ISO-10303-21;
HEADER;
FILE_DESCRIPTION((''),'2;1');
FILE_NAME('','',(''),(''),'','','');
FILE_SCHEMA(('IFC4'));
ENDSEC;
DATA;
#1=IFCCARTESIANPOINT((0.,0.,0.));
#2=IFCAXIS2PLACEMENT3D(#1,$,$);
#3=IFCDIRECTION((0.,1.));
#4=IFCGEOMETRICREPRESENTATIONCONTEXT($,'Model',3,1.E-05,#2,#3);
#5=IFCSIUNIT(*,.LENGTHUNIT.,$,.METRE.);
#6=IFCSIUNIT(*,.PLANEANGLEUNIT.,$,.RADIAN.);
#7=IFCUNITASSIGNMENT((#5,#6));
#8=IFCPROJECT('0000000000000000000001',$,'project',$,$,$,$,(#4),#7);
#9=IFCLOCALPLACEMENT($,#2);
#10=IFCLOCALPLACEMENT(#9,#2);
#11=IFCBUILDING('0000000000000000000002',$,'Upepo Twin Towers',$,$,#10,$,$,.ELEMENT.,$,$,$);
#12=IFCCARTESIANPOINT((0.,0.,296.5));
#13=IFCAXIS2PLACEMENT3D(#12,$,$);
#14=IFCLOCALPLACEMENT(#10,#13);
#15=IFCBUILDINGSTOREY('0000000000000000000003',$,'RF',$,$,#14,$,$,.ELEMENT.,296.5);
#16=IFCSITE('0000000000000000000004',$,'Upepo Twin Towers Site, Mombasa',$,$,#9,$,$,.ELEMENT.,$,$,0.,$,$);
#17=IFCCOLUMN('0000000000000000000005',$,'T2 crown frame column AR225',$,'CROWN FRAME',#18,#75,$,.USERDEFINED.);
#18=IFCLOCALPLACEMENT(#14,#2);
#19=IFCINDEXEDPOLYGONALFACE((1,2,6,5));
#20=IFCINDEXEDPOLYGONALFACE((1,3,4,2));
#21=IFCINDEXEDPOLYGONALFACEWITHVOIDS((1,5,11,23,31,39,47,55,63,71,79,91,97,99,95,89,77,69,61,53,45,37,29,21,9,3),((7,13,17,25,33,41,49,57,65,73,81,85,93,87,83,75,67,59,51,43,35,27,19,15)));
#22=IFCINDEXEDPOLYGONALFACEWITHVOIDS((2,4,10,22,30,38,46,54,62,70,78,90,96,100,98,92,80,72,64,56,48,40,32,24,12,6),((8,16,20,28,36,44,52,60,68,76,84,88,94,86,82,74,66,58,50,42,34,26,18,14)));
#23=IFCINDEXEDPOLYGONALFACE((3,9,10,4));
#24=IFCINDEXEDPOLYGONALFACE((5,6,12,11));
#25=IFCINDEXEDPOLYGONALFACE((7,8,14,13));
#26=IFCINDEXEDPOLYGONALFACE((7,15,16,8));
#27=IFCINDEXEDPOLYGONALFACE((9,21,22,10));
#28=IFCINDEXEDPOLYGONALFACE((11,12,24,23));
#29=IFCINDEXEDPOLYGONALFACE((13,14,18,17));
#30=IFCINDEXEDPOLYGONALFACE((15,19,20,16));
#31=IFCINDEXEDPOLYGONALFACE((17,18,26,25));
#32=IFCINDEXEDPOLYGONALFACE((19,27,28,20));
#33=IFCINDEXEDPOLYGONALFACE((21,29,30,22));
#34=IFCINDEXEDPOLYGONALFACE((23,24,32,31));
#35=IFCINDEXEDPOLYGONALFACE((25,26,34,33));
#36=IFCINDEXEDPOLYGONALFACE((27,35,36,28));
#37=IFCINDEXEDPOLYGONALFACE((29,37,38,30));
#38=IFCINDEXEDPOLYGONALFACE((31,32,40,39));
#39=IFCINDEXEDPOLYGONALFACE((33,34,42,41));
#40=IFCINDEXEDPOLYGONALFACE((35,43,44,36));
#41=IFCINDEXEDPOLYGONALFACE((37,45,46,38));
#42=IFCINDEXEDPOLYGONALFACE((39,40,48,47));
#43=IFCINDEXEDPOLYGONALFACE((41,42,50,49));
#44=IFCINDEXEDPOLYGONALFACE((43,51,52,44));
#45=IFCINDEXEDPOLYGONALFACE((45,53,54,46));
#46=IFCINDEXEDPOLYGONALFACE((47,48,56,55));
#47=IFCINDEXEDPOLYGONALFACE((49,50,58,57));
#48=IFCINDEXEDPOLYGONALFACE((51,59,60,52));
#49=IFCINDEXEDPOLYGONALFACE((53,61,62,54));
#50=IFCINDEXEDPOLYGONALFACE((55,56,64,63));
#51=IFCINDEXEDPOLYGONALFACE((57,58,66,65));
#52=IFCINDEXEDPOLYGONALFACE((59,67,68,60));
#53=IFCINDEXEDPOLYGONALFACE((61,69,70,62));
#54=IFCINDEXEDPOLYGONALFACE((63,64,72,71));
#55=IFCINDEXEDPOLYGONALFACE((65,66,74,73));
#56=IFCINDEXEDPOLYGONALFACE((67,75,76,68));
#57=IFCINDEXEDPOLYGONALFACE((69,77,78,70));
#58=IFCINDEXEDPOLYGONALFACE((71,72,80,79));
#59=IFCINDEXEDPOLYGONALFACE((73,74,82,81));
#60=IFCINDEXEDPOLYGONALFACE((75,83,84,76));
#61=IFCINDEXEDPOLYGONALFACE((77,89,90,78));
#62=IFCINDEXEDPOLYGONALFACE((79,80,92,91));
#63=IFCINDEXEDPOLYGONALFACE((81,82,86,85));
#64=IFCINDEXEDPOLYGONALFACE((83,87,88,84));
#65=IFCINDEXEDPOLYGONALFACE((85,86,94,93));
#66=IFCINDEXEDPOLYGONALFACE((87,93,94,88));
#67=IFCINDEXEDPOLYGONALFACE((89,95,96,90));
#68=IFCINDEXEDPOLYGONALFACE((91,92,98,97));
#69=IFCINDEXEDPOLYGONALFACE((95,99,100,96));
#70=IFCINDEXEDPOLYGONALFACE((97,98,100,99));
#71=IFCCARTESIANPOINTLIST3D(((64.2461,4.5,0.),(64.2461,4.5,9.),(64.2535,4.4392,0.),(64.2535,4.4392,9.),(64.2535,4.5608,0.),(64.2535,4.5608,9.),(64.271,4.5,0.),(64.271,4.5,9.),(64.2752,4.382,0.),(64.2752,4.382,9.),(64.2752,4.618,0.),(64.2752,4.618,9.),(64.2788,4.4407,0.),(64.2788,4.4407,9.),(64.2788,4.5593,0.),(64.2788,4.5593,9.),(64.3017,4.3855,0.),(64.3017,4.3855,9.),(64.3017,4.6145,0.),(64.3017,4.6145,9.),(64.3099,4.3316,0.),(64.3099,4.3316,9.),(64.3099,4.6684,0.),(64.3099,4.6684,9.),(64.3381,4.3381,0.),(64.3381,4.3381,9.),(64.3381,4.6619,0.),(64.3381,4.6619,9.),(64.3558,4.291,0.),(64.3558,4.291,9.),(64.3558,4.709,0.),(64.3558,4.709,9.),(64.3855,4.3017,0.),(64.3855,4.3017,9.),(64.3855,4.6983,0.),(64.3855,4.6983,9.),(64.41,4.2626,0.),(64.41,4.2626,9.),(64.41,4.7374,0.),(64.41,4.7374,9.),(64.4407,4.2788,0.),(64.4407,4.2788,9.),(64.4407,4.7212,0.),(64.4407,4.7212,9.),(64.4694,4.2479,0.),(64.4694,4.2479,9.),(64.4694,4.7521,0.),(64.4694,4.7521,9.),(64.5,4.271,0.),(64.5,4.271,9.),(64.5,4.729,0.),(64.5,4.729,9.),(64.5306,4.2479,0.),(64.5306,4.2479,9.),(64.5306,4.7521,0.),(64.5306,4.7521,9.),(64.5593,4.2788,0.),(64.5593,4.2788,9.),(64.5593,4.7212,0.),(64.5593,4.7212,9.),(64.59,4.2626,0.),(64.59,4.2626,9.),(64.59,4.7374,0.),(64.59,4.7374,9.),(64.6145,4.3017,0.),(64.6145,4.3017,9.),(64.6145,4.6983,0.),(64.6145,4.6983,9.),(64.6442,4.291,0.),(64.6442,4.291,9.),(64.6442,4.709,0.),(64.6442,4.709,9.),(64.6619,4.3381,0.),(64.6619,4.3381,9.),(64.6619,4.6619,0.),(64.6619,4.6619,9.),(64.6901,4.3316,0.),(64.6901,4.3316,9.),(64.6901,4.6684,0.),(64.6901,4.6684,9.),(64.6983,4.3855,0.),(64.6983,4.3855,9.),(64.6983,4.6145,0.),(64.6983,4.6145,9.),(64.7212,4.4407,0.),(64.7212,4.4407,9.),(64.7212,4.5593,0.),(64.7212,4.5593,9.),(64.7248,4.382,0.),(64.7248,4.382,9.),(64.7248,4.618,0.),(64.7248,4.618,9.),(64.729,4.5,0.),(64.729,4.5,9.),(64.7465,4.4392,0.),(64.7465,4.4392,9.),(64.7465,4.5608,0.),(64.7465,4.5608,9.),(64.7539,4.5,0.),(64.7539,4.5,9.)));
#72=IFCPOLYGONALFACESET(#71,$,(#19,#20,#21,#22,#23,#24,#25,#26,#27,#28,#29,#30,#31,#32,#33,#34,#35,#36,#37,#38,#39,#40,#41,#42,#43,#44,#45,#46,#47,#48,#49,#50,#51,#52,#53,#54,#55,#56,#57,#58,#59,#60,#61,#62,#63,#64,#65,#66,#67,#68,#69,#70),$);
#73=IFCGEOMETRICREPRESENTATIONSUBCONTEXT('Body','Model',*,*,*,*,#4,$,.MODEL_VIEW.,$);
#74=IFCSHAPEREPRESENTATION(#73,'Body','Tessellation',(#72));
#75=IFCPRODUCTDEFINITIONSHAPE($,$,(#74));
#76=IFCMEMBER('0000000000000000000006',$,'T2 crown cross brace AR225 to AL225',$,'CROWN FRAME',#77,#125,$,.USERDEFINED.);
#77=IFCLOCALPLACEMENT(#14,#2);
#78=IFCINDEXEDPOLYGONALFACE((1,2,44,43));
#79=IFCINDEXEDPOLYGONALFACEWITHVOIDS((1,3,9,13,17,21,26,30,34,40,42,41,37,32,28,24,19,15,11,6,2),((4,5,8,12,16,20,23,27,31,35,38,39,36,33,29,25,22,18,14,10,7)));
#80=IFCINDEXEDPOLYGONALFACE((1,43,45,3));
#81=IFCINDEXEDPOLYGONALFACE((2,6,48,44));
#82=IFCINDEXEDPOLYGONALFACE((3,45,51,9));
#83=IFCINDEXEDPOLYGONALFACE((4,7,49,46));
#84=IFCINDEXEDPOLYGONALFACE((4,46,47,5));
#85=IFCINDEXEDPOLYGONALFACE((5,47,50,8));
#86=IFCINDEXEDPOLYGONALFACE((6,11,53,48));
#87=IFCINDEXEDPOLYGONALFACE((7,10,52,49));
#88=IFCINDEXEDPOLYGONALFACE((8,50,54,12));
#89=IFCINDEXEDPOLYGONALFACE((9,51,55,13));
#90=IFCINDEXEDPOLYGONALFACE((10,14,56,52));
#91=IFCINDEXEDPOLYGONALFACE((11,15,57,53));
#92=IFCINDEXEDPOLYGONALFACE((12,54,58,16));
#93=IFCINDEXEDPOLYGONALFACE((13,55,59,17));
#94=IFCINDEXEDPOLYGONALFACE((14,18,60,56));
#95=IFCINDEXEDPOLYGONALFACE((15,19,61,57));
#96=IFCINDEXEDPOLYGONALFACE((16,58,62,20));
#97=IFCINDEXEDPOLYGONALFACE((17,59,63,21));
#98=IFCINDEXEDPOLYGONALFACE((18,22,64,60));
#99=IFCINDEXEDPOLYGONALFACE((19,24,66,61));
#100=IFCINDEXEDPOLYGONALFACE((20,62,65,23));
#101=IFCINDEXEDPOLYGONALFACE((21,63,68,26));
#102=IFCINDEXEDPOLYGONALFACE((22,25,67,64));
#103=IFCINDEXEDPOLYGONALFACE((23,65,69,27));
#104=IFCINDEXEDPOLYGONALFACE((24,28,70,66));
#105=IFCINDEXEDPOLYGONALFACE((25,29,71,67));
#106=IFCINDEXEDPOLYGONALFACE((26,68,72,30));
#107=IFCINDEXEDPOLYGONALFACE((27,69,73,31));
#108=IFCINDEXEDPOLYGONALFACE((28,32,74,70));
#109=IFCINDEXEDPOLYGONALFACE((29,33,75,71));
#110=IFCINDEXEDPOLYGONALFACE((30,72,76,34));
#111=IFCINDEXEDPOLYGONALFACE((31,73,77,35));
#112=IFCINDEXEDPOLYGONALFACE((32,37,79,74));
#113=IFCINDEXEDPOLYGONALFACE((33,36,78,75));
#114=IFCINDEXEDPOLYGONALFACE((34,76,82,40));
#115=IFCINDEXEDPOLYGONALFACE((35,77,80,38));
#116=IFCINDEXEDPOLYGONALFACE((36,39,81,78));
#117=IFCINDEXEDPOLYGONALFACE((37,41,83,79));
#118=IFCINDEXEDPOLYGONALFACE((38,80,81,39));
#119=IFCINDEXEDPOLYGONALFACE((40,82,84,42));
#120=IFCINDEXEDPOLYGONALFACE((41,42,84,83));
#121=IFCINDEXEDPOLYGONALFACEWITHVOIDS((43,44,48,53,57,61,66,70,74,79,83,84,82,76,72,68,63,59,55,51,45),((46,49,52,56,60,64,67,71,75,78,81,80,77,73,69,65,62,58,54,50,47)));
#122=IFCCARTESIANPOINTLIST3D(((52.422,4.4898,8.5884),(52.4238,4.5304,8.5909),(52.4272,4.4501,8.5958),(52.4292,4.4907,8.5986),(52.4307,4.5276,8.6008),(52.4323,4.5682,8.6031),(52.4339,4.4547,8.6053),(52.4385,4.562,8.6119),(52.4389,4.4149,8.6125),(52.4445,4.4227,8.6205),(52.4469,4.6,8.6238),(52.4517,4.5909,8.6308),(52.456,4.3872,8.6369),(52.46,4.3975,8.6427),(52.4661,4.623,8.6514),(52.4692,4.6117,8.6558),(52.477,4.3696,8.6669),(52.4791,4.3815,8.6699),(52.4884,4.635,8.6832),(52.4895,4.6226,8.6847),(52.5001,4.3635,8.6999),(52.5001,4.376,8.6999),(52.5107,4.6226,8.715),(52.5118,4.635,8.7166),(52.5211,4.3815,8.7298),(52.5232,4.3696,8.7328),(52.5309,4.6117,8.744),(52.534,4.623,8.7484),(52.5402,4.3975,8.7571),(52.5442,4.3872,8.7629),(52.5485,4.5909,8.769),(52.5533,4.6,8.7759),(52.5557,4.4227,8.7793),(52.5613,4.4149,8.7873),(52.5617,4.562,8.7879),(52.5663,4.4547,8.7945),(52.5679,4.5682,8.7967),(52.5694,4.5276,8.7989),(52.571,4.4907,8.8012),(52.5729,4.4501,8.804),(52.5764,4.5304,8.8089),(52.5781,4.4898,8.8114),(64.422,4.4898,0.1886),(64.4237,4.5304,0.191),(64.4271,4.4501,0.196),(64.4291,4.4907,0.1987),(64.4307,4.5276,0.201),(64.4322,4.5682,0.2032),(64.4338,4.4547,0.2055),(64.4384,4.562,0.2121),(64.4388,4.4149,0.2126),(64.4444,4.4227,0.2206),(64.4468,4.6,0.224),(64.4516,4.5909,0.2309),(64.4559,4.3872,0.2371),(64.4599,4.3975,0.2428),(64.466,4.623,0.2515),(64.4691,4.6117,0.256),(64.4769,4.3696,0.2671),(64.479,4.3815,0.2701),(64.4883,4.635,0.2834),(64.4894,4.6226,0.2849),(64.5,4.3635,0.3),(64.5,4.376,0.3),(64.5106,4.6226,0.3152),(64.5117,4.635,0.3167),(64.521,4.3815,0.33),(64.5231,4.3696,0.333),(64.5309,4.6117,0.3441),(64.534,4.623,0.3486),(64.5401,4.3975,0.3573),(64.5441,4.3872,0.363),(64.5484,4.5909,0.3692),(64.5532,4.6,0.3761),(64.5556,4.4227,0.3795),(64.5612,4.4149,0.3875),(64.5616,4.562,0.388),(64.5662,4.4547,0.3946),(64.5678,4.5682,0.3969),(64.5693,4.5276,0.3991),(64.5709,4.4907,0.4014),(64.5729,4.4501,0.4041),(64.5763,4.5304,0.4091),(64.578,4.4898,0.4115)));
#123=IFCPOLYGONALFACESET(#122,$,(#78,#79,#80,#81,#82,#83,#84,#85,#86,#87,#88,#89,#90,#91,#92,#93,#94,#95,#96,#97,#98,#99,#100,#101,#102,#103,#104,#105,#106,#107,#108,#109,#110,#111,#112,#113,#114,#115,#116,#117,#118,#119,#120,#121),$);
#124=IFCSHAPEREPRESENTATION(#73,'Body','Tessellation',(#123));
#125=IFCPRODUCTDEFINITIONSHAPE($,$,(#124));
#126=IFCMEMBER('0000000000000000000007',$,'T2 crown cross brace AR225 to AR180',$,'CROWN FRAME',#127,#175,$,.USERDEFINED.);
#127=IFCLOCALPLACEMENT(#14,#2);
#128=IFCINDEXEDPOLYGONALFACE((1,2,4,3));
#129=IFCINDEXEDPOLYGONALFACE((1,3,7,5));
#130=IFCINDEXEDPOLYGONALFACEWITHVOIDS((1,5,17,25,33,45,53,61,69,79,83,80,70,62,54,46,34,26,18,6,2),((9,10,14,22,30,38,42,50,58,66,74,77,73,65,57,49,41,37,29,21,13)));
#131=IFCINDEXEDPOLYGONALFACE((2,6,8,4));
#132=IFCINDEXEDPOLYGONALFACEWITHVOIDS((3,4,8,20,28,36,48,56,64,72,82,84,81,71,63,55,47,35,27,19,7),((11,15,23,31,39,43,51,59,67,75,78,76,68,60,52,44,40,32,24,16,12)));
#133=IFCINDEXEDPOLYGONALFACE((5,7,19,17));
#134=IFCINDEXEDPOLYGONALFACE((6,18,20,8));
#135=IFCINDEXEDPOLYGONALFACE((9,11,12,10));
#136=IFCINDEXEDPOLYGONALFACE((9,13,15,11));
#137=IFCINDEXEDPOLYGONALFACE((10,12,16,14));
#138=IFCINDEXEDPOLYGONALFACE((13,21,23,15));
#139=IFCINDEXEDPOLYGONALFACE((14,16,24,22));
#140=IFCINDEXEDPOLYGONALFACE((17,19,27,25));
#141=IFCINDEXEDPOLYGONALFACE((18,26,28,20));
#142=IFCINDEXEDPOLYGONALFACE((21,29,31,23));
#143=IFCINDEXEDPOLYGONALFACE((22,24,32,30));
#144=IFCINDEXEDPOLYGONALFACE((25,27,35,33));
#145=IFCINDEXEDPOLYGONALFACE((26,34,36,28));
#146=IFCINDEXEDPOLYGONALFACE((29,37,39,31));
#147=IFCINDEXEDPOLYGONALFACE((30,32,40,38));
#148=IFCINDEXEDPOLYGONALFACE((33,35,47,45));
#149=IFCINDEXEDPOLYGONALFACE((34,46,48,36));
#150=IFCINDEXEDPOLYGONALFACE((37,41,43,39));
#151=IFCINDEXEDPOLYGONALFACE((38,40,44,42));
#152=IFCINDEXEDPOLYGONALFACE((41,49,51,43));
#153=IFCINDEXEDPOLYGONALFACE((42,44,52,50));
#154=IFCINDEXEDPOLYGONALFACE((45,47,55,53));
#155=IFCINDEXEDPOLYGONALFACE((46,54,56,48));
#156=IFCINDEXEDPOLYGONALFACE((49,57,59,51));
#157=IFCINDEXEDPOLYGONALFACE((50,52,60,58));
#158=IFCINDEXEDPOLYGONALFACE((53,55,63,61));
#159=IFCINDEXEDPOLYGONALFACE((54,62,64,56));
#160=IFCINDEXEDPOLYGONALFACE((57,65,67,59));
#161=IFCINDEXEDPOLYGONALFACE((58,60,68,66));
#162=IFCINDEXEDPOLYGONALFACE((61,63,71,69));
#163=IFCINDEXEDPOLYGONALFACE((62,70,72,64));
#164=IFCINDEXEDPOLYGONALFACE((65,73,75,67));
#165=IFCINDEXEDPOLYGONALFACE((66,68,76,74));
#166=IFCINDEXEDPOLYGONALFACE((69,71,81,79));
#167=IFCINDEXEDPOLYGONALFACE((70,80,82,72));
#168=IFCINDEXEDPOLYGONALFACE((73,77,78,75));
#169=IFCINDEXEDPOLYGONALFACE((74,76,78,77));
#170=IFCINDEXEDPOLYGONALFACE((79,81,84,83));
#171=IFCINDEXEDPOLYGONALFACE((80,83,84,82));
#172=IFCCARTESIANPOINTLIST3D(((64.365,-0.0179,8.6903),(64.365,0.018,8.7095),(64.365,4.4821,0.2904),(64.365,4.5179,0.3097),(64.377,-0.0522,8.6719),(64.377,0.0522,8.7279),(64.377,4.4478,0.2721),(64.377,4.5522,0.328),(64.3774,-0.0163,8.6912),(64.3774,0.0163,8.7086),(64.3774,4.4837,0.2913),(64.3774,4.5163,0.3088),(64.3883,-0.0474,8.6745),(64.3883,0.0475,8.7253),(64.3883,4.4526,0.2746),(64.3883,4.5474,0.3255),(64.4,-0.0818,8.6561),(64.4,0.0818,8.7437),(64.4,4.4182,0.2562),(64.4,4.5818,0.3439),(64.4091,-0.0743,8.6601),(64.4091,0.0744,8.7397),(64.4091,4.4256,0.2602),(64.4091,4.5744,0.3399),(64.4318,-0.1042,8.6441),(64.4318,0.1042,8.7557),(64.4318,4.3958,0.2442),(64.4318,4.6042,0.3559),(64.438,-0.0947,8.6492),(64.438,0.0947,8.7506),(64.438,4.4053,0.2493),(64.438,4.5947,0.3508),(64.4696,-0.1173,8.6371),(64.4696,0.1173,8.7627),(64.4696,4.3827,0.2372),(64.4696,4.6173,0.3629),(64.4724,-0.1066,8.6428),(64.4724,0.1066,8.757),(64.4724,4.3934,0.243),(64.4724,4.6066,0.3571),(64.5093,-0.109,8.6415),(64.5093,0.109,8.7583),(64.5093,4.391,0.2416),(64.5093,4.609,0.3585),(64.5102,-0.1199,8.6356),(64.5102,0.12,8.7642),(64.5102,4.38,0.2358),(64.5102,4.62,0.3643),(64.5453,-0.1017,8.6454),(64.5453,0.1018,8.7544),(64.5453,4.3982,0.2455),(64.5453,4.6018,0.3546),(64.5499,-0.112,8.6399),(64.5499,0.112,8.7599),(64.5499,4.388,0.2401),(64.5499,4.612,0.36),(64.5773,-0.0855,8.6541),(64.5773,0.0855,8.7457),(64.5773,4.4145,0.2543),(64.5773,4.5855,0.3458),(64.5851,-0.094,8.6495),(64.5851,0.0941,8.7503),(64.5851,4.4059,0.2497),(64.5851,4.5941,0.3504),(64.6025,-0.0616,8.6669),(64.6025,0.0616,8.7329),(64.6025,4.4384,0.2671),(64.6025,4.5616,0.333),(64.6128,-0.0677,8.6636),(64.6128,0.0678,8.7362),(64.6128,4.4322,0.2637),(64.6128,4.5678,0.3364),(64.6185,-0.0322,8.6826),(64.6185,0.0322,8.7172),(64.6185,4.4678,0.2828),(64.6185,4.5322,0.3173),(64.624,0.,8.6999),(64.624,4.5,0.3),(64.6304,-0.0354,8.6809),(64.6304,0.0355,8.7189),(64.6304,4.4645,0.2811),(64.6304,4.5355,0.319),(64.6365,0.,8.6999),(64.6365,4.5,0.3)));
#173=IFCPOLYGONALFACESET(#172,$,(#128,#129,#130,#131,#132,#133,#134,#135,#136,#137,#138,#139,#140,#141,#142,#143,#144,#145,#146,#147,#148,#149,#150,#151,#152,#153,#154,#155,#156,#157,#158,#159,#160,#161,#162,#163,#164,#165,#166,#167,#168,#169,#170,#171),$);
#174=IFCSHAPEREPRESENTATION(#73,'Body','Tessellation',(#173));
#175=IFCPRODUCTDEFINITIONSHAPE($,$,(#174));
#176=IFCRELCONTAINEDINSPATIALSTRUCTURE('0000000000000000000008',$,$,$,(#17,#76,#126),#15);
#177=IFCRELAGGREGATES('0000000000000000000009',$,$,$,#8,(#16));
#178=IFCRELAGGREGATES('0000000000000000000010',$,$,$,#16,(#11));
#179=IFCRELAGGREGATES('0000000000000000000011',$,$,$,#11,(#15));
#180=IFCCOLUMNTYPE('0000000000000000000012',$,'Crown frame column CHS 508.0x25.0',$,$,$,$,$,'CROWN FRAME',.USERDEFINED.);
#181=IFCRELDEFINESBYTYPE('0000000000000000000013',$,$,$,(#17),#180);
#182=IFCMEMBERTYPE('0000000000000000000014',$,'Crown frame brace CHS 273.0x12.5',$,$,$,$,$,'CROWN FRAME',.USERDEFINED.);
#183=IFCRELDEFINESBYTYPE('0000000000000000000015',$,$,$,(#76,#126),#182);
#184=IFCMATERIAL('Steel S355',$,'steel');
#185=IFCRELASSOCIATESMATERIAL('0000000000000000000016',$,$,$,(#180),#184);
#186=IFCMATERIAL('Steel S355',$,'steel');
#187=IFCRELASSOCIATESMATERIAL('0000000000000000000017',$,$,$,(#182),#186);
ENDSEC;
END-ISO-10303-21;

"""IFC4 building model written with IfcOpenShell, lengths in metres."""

from ifc_helpers import new_model, si_unit, direction, frame, origin, origin_2d, place, context, subcontext, project, spatial, hollow_circle, extrude, material, material_profile, profile_set, type_object, element, save


model = new_model("IFC4")

# Units and contexts
model_context = context("Model", 3, precision=1e-05, world=origin(), true_north=direction((0.0, 1.0)))
body_context = subcontext(model_context, "Body", "Model", "MODEL_VIEW")
ifc_project = project(units=[si_unit("LENGTHUNIT", "METRE"), si_unit("PLANEANGLEUNIT", "RADIAN")], contexts=[model_context])

# Site, building, storey
site_placement = place(None, origin())
site = spatial("IfcSite", under=ifc_project, at=site_placement, Name="Upepo Twin Towers Site, Mombasa", CompositionType="ELEMENT", RefElevation=0.0)
building_placement = place(site_placement, origin())
building = spatial("IfcBuilding", under=site, at=building_placement, Name="Upepo Twin Towers", CompositionType="ELEMENT")
storey_placement = place(building_placement, frame((0.0, 0.0, 296.5)))
storey = spatial("IfcBuildingStorey", under=building, at=storey_placement, Name="RF", CompositionType="ELEMENT", Elevation=296.5)

# Column
ifc_material_1 = material(Name="Steel S355", Category="steel")
ifc_material_profile_1 = material_profile(ifc_material_1, hollow_circle(Radius=0.2539, WallThickness=0.0249, at=origin_2d()), Name="CHS 508.0x25.0")
ifc_profile_set_1 = profile_set([ifc_material_profile_1], Name="Steel S355")
column_type = type_object("IfcColumnType", Name="Crown frame column CHS 508.0x25.0", ElementType="CROWN FRAME", PredefinedType="USERDEFINED", material=ifc_profile_set_1)
column_placement = place(storey_placement, frame((64.5, 4.5, 0.0), z_axis=(0.0, 0.0, 1.0), x_axis=(1.0, 0.0, 0.0)))
element("IfcColumn", 1, at=column_placement, inside=storey, type_object=column_type, Name="T2 crown frame column AR225", ObjectType="CROWN FRAME", PredefinedType="USERDEFINED", context=body_context, shape_type="SweptSolid", body=[
    extrude(hollow_circle(Radius=0.2539, WallThickness=0.0249, at=origin_2d()), origin(), (0.0, 0.0, 1.0), 9.0),
])

# Members
ifc_material_2 = material(Name="Steel S355", Category="steel")
ifc_material_profile_2 = material_profile(ifc_material_2, hollow_circle(Radius=0.1365, WallThickness=0.0125, at=origin_2d()), Name="CHS 273.0x12.5")
ifc_profile_set_2 = profile_set([ifc_material_profile_2], Name="Steel S355")
member_type = type_object("IfcMemberType", Name="Crown frame brace CHS 273.0x12.5", ElementType="CROWN FRAME", PredefinedType="USERDEFINED", material=ifc_profile_set_2)
member_1_placement = place(storey_placement, frame((64.5, 4.5, 0.3), z_axis=(-0.819235, 0.0, 0.573458), x_axis=(0.0, -1.0, 0.0)))
element("IfcMember", 2, at=member_1_placement, inside=storey, type_object=member_type, Name="T2 crown cross brace AR225 to AL225", ObjectType="CROWN FRAME", PredefinedType="USERDEFINED", context=body_context, shape_type="SweptSolid", body=[
    extrude(hollow_circle(Radius=0.1365, WallThickness=0.0125, at=origin_2d()), origin(), (0.0, 0.0, 1.0), 14.6477),
])
member_2_placement = place(storey_placement, frame((64.5, 4.5, 0.3), z_axis=(0.0, -0.472226, 0.881478), x_axis=(1.0, 0.0, 0.0)))
element("IfcMember", 3, at=member_2_placement, inside=storey, type_object=member_type, Name="T2 crown cross brace AR225 to AR180", ObjectType="CROWN FRAME", PredefinedType="USERDEFINED", context=body_context, shape_type="SweptSolid", body=[
    extrude(hollow_circle(Radius=0.1365, WallThickness=0.0125, at=origin_2d()), origin(), (0.0, 0.0, 1.0), 9.5293),
])

save(model, "model.ifc")
